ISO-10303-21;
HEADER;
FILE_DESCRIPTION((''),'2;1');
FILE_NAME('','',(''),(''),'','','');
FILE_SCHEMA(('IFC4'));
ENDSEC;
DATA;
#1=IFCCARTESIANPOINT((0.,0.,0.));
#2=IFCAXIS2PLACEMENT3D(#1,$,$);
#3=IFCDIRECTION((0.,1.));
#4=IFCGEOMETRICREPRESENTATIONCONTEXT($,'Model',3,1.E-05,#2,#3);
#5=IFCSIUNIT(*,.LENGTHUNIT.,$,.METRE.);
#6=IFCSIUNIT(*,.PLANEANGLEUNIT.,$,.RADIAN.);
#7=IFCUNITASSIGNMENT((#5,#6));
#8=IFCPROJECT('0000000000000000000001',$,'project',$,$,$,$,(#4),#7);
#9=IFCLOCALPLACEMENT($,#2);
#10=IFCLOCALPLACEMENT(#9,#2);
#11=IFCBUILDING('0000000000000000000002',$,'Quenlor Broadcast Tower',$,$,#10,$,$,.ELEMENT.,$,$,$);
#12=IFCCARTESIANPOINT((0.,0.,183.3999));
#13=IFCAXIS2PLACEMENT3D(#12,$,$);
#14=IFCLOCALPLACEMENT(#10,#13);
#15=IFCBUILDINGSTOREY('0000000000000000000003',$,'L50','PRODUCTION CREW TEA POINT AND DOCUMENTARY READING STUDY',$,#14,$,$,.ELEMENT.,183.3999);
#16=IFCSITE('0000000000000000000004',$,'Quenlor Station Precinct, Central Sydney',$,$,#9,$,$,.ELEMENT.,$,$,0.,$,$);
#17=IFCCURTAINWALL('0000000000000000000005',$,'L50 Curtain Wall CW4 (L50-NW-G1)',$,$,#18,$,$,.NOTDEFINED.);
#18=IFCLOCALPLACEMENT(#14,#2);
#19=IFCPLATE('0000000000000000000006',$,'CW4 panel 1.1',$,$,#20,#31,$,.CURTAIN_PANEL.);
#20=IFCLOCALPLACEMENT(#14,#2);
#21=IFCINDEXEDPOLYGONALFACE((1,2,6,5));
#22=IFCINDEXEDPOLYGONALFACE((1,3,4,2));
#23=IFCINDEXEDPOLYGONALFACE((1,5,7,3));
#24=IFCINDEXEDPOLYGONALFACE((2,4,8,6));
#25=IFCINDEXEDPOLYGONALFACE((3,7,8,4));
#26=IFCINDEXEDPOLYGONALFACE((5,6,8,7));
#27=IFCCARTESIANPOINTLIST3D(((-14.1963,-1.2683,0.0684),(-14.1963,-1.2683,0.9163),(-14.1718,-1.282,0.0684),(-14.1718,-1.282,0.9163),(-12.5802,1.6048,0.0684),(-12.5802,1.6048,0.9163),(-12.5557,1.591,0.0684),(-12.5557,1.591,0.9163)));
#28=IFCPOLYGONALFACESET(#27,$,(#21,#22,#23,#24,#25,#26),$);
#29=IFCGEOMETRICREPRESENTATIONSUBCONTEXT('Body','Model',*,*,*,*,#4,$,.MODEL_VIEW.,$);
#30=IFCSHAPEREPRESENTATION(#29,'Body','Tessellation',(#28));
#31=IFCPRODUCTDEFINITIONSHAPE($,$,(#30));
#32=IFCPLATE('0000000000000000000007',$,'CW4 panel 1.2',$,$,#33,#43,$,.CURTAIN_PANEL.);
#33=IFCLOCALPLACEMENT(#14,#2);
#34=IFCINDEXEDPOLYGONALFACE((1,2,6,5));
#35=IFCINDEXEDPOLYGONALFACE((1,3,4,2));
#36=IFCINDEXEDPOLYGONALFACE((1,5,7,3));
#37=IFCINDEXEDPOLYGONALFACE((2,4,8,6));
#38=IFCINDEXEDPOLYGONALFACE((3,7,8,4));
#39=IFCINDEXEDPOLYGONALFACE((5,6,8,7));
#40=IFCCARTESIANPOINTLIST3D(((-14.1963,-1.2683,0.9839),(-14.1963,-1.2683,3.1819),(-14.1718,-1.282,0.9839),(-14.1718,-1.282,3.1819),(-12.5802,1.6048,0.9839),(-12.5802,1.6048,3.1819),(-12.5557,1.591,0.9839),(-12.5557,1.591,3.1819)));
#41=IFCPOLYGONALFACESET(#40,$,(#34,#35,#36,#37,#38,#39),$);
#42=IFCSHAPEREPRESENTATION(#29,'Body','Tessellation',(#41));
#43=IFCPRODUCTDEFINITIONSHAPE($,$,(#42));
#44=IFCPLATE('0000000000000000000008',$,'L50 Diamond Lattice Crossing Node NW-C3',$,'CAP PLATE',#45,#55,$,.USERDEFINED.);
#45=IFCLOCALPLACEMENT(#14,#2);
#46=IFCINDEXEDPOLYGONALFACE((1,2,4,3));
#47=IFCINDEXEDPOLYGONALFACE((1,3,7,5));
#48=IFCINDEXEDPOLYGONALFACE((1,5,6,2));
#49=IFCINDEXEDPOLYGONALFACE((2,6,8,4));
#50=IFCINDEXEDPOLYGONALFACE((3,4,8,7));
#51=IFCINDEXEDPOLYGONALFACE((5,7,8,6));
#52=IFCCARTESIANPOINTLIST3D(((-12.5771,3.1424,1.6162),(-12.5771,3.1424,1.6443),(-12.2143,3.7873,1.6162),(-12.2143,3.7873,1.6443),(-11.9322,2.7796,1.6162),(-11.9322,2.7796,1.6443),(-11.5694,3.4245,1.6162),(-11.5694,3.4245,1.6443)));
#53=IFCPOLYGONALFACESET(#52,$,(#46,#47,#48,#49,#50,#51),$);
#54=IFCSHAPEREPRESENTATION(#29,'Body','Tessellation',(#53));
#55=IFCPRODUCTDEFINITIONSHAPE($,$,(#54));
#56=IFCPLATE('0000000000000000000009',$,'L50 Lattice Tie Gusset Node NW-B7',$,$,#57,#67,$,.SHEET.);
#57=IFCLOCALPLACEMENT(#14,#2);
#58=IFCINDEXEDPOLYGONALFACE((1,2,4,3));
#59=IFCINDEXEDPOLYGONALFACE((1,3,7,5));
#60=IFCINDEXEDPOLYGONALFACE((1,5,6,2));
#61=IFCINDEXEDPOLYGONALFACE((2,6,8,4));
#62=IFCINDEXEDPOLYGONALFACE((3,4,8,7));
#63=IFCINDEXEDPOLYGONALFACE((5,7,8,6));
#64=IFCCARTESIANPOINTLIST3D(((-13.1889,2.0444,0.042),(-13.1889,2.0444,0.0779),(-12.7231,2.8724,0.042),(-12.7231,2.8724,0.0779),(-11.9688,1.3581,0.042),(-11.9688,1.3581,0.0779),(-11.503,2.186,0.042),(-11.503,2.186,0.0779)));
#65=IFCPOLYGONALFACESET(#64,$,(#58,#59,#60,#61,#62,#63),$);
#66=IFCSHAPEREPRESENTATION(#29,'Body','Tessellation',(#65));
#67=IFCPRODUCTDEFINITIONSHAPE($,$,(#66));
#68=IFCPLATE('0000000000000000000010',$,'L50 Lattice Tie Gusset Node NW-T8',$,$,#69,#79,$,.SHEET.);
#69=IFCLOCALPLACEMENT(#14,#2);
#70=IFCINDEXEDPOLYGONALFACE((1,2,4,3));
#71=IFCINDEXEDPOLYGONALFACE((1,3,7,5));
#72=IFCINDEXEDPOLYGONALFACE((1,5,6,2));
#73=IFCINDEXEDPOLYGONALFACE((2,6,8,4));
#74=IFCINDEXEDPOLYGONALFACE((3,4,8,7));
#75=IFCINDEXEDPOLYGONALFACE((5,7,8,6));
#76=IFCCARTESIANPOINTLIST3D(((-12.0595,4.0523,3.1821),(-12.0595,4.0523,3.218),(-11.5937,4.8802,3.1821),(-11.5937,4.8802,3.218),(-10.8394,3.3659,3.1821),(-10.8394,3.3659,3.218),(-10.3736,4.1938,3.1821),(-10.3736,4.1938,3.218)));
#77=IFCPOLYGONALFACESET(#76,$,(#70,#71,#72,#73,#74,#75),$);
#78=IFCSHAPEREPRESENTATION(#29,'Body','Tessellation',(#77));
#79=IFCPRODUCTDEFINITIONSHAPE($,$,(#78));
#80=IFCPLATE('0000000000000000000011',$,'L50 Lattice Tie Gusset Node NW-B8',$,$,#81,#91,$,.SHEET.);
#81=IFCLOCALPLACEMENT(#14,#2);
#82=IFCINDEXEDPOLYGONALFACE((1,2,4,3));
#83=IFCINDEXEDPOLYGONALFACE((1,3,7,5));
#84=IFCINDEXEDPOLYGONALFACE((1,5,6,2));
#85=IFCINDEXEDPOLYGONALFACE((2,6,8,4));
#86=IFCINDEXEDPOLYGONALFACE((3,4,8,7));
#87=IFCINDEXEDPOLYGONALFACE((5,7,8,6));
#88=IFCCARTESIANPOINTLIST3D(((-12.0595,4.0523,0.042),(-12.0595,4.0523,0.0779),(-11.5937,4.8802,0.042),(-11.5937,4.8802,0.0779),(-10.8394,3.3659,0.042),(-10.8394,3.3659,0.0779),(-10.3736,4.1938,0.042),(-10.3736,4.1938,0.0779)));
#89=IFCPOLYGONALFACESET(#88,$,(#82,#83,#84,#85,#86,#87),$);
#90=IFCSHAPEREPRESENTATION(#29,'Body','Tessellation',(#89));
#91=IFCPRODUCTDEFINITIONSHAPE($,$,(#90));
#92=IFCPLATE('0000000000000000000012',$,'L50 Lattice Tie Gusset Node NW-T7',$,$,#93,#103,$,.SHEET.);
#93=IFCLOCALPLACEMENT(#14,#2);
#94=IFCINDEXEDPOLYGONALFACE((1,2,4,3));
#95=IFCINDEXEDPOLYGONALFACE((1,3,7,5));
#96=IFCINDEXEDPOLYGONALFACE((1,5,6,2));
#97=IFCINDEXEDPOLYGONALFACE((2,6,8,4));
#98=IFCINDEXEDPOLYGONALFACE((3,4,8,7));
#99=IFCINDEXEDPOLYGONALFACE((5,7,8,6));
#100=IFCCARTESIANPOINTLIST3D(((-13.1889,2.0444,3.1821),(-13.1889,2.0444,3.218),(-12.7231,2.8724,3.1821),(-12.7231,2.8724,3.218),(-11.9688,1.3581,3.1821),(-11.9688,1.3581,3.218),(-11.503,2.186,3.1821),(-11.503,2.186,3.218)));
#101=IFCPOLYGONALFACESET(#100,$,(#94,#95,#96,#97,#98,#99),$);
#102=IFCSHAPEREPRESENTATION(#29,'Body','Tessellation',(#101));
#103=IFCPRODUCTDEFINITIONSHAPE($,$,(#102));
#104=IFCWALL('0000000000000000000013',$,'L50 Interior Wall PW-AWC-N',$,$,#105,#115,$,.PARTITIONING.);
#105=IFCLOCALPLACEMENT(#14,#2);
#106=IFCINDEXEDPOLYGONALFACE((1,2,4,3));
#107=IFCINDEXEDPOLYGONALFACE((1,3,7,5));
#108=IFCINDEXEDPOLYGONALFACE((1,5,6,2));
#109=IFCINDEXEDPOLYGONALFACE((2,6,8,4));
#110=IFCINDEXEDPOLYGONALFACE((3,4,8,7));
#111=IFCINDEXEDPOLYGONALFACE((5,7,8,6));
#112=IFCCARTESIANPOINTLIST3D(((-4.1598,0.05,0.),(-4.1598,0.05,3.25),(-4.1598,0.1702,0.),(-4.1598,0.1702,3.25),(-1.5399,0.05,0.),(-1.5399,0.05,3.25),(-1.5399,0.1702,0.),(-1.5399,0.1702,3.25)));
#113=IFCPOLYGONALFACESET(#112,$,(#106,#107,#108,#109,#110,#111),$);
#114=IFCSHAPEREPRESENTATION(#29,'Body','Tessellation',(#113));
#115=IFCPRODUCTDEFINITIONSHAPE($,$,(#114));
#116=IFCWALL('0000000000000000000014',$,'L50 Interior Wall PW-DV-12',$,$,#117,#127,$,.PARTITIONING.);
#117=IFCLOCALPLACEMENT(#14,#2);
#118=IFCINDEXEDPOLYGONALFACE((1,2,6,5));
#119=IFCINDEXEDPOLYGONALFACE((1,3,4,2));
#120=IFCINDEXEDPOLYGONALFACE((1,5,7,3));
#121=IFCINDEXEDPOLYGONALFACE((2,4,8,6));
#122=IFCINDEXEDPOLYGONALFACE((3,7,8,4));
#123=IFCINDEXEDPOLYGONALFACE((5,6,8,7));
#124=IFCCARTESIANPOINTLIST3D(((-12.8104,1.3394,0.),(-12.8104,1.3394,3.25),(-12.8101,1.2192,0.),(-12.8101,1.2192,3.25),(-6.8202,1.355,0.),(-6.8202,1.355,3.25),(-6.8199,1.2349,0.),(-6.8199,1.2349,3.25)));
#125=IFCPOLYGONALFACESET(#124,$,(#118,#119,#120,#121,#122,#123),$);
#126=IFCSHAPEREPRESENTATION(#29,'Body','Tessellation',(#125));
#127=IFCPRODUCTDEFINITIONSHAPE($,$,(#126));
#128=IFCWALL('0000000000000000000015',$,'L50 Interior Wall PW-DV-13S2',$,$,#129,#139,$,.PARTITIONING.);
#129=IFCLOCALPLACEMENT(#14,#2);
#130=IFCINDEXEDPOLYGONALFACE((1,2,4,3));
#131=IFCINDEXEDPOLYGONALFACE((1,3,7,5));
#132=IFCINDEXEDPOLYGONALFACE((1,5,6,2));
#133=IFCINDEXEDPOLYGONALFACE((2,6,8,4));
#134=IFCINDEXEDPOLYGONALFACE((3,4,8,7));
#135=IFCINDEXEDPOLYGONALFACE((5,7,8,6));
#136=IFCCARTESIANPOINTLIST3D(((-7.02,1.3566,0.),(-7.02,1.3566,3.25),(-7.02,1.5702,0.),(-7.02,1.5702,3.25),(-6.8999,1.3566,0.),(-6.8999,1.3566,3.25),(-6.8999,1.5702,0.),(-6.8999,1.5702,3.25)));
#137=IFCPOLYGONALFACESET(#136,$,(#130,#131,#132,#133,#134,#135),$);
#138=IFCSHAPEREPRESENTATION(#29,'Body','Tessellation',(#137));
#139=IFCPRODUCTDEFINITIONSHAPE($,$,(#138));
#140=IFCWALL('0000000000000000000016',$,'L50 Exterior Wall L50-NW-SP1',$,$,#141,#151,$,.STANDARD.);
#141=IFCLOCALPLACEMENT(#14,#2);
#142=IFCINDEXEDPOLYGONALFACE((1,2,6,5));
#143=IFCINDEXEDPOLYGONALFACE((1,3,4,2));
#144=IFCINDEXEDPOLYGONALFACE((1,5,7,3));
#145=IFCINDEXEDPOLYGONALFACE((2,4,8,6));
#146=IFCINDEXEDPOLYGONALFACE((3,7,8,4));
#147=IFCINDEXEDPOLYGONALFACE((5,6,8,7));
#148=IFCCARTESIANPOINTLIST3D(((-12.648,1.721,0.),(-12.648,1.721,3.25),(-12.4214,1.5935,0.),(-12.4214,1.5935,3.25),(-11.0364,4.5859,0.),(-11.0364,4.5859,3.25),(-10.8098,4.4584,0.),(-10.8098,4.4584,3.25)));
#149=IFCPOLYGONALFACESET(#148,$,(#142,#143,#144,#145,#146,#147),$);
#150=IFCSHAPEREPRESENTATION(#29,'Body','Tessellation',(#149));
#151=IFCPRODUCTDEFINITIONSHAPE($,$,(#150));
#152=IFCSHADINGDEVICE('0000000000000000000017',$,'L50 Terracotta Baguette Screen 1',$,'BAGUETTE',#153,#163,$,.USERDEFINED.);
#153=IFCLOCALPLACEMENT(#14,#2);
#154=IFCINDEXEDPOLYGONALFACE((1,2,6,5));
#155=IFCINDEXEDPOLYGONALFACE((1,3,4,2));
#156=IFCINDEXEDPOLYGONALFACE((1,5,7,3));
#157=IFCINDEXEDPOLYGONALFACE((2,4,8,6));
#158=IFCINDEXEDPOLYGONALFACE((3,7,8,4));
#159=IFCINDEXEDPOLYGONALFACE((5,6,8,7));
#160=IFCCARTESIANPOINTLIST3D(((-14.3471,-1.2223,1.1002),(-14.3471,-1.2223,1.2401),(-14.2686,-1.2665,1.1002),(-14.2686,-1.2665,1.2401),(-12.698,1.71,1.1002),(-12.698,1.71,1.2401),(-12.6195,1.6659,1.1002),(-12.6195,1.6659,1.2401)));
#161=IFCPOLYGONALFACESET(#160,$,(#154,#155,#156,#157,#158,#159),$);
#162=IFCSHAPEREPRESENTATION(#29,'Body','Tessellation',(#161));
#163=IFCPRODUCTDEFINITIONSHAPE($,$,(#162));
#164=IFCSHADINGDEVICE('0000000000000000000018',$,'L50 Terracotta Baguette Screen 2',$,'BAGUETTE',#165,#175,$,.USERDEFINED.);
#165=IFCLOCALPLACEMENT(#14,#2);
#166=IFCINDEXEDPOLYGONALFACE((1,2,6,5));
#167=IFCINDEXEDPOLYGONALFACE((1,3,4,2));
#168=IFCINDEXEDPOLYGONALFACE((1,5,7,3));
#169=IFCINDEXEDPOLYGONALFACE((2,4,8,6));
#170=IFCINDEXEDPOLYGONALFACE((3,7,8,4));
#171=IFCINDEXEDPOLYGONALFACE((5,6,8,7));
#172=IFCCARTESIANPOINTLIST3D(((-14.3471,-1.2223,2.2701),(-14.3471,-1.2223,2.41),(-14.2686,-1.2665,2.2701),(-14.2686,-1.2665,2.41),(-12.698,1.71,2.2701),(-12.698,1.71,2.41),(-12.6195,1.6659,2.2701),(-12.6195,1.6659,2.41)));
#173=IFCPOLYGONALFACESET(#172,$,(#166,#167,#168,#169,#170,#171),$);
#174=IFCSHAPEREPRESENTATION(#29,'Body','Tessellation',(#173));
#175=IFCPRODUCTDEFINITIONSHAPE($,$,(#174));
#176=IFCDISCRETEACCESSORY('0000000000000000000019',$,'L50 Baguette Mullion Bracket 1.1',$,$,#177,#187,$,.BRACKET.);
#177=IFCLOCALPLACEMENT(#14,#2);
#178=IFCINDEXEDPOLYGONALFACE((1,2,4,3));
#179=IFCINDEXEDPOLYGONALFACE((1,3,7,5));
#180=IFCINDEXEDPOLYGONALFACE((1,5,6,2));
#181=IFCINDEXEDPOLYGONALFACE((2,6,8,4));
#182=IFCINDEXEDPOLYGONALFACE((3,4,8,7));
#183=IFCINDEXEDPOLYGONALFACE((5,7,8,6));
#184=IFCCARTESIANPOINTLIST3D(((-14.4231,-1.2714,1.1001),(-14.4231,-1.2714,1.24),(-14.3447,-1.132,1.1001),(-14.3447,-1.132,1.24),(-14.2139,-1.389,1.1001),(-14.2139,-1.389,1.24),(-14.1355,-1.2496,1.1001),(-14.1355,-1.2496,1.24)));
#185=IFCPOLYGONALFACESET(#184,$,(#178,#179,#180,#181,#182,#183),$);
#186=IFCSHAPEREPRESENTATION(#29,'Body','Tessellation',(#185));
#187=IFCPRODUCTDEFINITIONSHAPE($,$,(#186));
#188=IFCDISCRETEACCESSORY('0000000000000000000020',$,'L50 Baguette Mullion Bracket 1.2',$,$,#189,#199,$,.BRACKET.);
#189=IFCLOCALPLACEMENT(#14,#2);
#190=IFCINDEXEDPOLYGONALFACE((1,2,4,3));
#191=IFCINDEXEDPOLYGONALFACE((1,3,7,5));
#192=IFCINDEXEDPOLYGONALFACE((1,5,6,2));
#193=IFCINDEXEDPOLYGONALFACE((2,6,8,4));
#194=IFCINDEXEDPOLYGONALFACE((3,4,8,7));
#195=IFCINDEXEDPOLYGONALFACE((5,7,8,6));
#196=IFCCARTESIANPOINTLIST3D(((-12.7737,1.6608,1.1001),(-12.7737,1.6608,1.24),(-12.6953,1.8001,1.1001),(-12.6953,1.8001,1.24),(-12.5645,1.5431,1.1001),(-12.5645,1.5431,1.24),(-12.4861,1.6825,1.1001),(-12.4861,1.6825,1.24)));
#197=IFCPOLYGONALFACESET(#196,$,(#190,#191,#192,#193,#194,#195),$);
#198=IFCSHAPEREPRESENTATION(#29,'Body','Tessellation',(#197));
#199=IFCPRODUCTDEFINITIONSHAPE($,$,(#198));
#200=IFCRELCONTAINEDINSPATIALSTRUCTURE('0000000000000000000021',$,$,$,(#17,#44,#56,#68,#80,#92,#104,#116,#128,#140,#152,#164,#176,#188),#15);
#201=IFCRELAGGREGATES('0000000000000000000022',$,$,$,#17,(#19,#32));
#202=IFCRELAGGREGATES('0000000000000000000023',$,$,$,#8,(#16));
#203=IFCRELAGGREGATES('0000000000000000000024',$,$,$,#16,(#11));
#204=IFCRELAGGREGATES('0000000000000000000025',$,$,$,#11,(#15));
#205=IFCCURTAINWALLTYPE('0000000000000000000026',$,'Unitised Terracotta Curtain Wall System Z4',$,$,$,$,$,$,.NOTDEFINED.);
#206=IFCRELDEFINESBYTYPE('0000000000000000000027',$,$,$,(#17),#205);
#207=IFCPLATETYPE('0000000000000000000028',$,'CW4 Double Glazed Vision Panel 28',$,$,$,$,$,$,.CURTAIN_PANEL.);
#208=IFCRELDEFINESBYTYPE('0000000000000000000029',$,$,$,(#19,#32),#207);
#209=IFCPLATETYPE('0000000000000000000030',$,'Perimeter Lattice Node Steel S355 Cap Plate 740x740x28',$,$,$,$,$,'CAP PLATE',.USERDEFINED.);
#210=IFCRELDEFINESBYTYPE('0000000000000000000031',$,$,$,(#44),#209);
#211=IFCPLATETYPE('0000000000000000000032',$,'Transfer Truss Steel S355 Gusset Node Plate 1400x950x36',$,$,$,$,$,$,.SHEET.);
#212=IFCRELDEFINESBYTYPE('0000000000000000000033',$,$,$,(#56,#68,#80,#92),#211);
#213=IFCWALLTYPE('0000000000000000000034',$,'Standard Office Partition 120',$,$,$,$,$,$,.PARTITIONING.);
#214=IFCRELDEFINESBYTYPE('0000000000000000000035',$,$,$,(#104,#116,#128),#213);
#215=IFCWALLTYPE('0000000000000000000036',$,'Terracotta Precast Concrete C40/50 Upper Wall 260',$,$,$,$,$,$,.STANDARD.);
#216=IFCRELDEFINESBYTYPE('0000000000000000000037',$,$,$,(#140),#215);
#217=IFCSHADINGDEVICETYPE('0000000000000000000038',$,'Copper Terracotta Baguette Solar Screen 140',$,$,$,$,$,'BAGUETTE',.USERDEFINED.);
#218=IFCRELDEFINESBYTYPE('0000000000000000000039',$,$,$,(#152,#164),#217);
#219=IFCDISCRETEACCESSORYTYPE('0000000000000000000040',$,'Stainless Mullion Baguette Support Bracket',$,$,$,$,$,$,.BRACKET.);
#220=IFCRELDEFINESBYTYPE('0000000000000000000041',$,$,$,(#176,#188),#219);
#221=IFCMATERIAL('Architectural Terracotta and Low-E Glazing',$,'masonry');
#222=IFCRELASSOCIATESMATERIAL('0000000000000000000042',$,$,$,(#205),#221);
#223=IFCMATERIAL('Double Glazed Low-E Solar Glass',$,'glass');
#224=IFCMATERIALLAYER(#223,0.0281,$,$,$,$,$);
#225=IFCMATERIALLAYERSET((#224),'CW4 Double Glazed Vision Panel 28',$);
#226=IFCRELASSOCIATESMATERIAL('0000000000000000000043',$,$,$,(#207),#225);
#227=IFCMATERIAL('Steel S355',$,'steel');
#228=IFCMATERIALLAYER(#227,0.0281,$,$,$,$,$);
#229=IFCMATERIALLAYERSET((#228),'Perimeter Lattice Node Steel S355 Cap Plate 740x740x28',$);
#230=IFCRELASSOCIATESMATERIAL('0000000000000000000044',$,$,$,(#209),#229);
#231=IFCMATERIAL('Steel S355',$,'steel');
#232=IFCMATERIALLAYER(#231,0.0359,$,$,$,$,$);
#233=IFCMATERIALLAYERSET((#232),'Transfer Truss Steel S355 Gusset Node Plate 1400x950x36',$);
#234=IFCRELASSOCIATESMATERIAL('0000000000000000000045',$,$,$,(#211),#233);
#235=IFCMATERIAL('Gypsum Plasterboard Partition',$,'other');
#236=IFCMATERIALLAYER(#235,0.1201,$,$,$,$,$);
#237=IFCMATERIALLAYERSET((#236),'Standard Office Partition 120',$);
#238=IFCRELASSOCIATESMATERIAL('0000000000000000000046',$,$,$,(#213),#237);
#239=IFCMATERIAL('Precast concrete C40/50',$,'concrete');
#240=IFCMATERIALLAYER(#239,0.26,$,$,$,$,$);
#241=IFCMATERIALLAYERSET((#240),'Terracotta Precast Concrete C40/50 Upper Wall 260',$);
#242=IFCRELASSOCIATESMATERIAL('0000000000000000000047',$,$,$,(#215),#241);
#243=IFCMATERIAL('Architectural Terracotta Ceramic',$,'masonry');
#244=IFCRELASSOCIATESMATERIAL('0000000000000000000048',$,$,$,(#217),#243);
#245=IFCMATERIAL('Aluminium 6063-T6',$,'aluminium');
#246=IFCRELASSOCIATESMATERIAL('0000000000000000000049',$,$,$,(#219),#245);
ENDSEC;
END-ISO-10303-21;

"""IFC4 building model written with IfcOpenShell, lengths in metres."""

from ifc_helpers import new_model, si_unit, direction, frame, frame_2d, origin, origin_2d, place, context, subcontext, project, spatial, rectangle, extrude, material, layer, layer_set, material_profile, profile_set, type_object, element, aggregate, save


model = new_model("IFC4")

# Units and contexts
model_context = context("Model", 3, precision=1e-05, world=origin(), true_north=direction((0.0, 1.0)))
body_context = subcontext(model_context, "Body", "Model", "MODEL_VIEW")
ifc_project = project(units=[si_unit("LENGTHUNIT", "METRE"), si_unit("PLANEANGLEUNIT", "RADIAN")], contexts=[model_context])

# Site, building, storey
site_placement = place(None, origin())
site = spatial("IfcSite", under=ifc_project, at=site_placement, Name="Quenlor Station Precinct, Central Sydney", CompositionType="ELEMENT", RefElevation=0.0)
building_placement = place(site_placement, origin())
building = spatial("IfcBuilding", under=site, at=building_placement, Name="Quenlor Broadcast Tower", CompositionType="ELEMENT")
storey_placement = place(building_placement, frame((0.0, 0.0, 183.3999)))
storey = spatial("IfcBuildingStorey", under=building, at=storey_placement, Name="L50", Description="PRODUCTION CREW TEA POINT AND DOCUMENTARY READING STUDY", CompositionType="ELEMENT", Elevation=183.3999)

# Curtain wall
ifc_material_1 = material(Name="Architectural Terracotta and Low-E Glazing", Category="masonry")
curtain_wall_type = type_object("IfcCurtainWallType", Name="Unitised Terracotta Curtain Wall System Z4", PredefinedType="NOTDEFINED", material=ifc_material_1)
curtain_wall_placement = place(storey_placement, origin())
curtain_wall = element("IfcCurtainWall", 1, at=curtain_wall_placement, inside=storey, type_object=curtain_wall_type, Name="L50 Curtain Wall CW4 (L50-NW-G1)", PredefinedType="NOTDEFINED")

# Plates
ifc_material_2 = material(Name="Double Glazed Low-E Solar Glass", Category="glass")
ifc_layer_1 = layer(ifc_material_2, 0.0281)
ifc_layer_set_1 = layer_set([ifc_layer_1], Name="CW4 Double Glazed Vision Panel 28")
plate_type_1 = type_object("IfcPlateType", Name="CW4 Double Glazed Vision Panel 28", PredefinedType="CURTAIN_PANEL", material=ifc_layer_set_1)
plate_1_placement = place(storey_placement, frame((-13.376, 0.1614, 0.0684), z_axis=(0.0, 0.0, 1.0), x_axis=(0.490257, 0.871578, 0.0)))
plate_1 = element("IfcPlate", 2, at=plate_1_placement, type_object=plate_type_1, Name="CW4 panel 1.1", PredefinedType="CURTAIN_PANEL", context=body_context, shape_type="SweptSolid", body=[
    extrude(rectangle(XDim=3.2964, YDim=0.0281, at=origin_2d()), origin(), (0.0, 0.0, 1.0), 0.8479),
])
plate_2_placement = place(storey_placement, frame((-13.376, 0.1614, 0.9839), z_axis=(0.0, 0.0, 1.0), x_axis=(0.490257, 0.871578, 0.0)))
plate_2 = element("IfcPlate", 3, at=plate_2_placement, type_object=plate_type_1, Name="CW4 panel 1.2", PredefinedType="CURTAIN_PANEL", context=body_context, shape_type="SweptSolid", body=[
    extrude(rectangle(XDim=3.2964, YDim=0.0281, at=origin_2d()), origin(), (0.0, 0.0, 1.0), 2.198),
])
aggregate(curtain_wall, [plate_1, plate_2])

# Plates
ifc_material_3 = material(Name="Steel S355", Category="steel")
ifc_layer_2 = layer(ifc_material_3, 0.0281)
ifc_layer_set_2 = layer_set([ifc_layer_2], Name="Perimeter Lattice Node Steel S355 Cap Plate 740x740x28")
plate_type_2 = type_object("IfcPlateType", Name="Perimeter Lattice Node Steel S355 Cap Plate 740x740x28", ElementType="CAP PLATE", PredefinedType="USERDEFINED", material=ifc_layer_set_2)
plate_3_placement = place(storey_placement, frame((-12.0732, 3.2834, 1.6162), z_axis=(0.0, 0.0, 1.0), x_axis=(0.490295, 0.871556, 0.0)))
element("IfcPlate", 4, at=plate_3_placement, inside=storey, type_object=plate_type_2, Name="L50 Diamond Lattice Crossing Node NW-C3", ObjectType="CAP PLATE", PredefinedType="USERDEFINED", context=body_context, shape_type="SweptSolid", body=[
    extrude(rectangle(XDim=0.74, YDim=0.74, at=origin_2d()), origin(), (0.0, 0.0, 1.0), 0.0281),
])
ifc_material_4 = material(Name="Steel S355", Category="steel")
ifc_layer_3 = layer(ifc_material_4, 0.0359)
ifc_layer_set_3 = layer_set([ifc_layer_3], Name="Transfer Truss Steel S355 Gusset Node Plate 1400x950x36")
plate_type_3 = type_object("IfcPlateType", Name="Transfer Truss Steel S355 Gusset Node Plate 1400x950x36", PredefinedType="SHEET", material=ifc_layer_set_3)
for number, where, z_axis, x_axis, name in (
    (5, (-12.3459, 2.1152, 0.042), (0.0, 0.0, 1.0), (-0.871556, 0.490295, 0.0), "L50 Lattice Tie Gusset Node NW-B7"),
    (6, (-11.2166, 4.123, 3.1821), (0.0, 0.0, 1.0), (-0.871556, 0.490295, 0.0), "L50 Lattice Tie Gusset Node NW-T8"),
    (7, (-11.2166, 4.123, 0.042), (0.0, 0.0, 1.0), (-0.871556, 0.490295, 0.0), "L50 Lattice Tie Gusset Node NW-B8"),
    (8, (-12.3459, 2.1152, 3.1821), (0.0, 0.0, 1.0), (-0.871556, 0.490295, 0.0), "L50 Lattice Tie Gusset Node NW-T7"),
):
    element("IfcPlate", number, at=place(storey_placement, frame(where, z_axis=z_axis, x_axis=x_axis)), inside=storey, type_object=plate_type_3, Name=name, PredefinedType="SHEET", context=body_context, shape_type="SweptSolid", body=[
        extrude(rectangle(XDim=1.3999, YDim=0.95, at=origin_2d()), origin(), (0.0, 0.0, 1.0), 0.0359),
    ])

# Walls
ifc_material_5 = material(Name="Gypsum Plasterboard Partition", Category="other")
ifc_layer_4 = layer(ifc_material_5, 0.1201)
ifc_layer_set_4 = layer_set([ifc_layer_4], Name="Standard Office Partition 120")
wall_type_1 = type_object("IfcWallType", Name="Standard Office Partition 120", PredefinedType="PARTITIONING", material=ifc_layer_set_4)
wall_1_placement = place(storey_placement, frame((-4.1599, 0.1101, 0.0), z_axis=(0.0, 0.0, 1.0), x_axis=(1.0, 0.0, 0.0)))
element("IfcWall", 9, at=wall_1_placement, inside=storey, type_object=wall_type_1, Name="L50 Interior Wall PW-AWC-N", PredefinedType="PARTITIONING", context=body_context, shape_type="SweptSolid", body=[
    extrude(rectangle(XDim=2.6199, YDim=0.1201, at=frame_2d((1.3101, 0.0))), origin(), (0.0, 0.0, 1.0), 3.25),
])
wall_2_placement = place(storey_placement, frame((-6.8201, 1.2949, 0.0), z_axis=(0.0, 0.0, 1.0), x_axis=(-0.999997, -0.002608, 0.0)))
element("IfcWall", 10, at=wall_2_placement, inside=storey, type_object=wall_type_1, Name="L50 Interior Wall PW-DV-12", PredefinedType="PARTITIONING", context=body_context, shape_type="SweptSolid", body=[
    extrude(rectangle(XDim=5.9902, YDim=0.1201, at=frame_2d((2.9951, 0.0))), origin(), (0.0, 0.0, 1.0), 3.25),
])
wall_3_placement = place(storey_placement, frame((-6.96, 1.3564, 0.0), z_axis=(0.0, 0.0, 1.0), x_axis=(0.0, 1.0, 0.0)))
element("IfcWall", 11, at=wall_3_placement, inside=storey, type_object=wall_type_1, Name="L50 Interior Wall PW-DV-13S2", PredefinedType="PARTITIONING", context=body_context, shape_type="SweptSolid", body=[
    extrude(rectangle(XDim=0.2136, YDim=0.1201, at=frame_2d((0.1069, 0.0))), origin(), (0.0, 0.0, 1.0), 3.25),
])
ifc_material_6 = material(Name="Precast concrete C40/50", Category="concrete")
ifc_layer_5 = layer(ifc_material_6, 0.26)
ifc_layer_set_5 = layer_set([ifc_layer_5], Name="Terracotta Precast Concrete C40/50 Upper Wall 260")
wall_type_2 = type_object("IfcWallType", Name="Terracotta Precast Concrete C40/50 Upper Wall 260", PredefinedType="STANDARD", material=ifc_layer_set_5)
wall_4_placement = place(storey_placement, frame((-12.5347, 1.6572, 0.0), z_axis=(0.0, 0.0, 1.0), x_axis=(0.490265, 0.871574, 0.0)))
element("IfcWall", 12, at=wall_4_placement, inside=storey, type_object=wall_type_2, Name="L50 Exterior Wall L50-NW-SP1", PredefinedType="STANDARD", context=body_context, shape_type="SweptSolid", body=[
    extrude(rectangle(XDim=3.2871, YDim=0.26, at=frame_2d((1.6436, 0.0))), origin(), (0.0, 0.0, 1.0), 3.25),
])

# Shading devices
ifc_material_7 = material(Name="Architectural Terracotta Ceramic", Category="masonry")
ifc_material_profile_1 = material_profile(ifc_material_7, rectangle(XDim=0.0901, YDim=0.1399, at=origin_2d()))
ifc_profile_set_1 = profile_set([ifc_material_profile_1], Name="Architectural Terracotta Ceramic BAG90x140")
shading_device_type = type_object("IfcShadingDeviceType", Name="Copper Terracotta Baguette Solar Screen 140", ElementType="BAGUETTE", PredefinedType="USERDEFINED", material=ifc_profile_set_1)
for number, where, z_axis, x_axis, name in (
    (13, (-14.3079, -1.2444, 1.1702), (0.490196, 0.871612, 0.0), (-0.871612, 0.490196, 0.0), "L50 Terracotta Baguette Screen 1"),
    (14, (-14.3079, -1.2444, 2.3401), (0.490196, 0.871612, 0.0), (-0.871612, 0.490196, 0.0), "L50 Terracotta Baguette Screen 2"),
):
    element("IfcShadingDevice", number, at=place(storey_placement, frame(where, z_axis=z_axis, x_axis=x_axis)), inside=storey, type_object=shading_device_type, Name=name, ObjectType="BAGUETTE", PredefinedType="USERDEFINED", context=body_context, shape_type="SweptSolid", body=[
        extrude(rectangle(XDim=0.0901, YDim=0.1399, at=origin_2d()), origin(), (0.0, 0.0, 1.0), 3.3643),
    ])

# Discrete accessories
ifc_material_8 = material(Name="Aluminium 6063-T6", Category="aluminium")
discrete_accessory_type = type_object("IfcDiscreteAccessoryType", Name="Stainless Mullion Baguette Support Bracket", PredefinedType="BRACKET", material=ifc_material_8)
for number, where, z_axis, x_axis, name in (
    (15, (-14.2793, -1.2605, 1.1001), (0.0, 0.0, 1.0), (0.490257, 0.871578, 0.0), "L50 Baguette Mullion Bracket 1.1"),
    (16, (-12.6299, 1.6716, 1.1001), (0.0, 0.0, 1.0), (0.490257, 0.871578, 0.0), "L50 Baguette Mullion Bracket 1.2"),
):
    element("IfcDiscreteAccessory", number, at=place(storey_placement, frame(where, z_axis=z_axis, x_axis=x_axis)), inside=storey, type_object=discrete_accessory_type, Name=name, PredefinedType="BRACKET", context=body_context, shape_type="SweptSolid", body=[
        extrude(rectangle(XDim=0.1599, YDim=0.24, at=origin_2d()), origin(), (0.0, 0.0, 1.0), 0.1399),
    ])

save(model, "model.ifc")
